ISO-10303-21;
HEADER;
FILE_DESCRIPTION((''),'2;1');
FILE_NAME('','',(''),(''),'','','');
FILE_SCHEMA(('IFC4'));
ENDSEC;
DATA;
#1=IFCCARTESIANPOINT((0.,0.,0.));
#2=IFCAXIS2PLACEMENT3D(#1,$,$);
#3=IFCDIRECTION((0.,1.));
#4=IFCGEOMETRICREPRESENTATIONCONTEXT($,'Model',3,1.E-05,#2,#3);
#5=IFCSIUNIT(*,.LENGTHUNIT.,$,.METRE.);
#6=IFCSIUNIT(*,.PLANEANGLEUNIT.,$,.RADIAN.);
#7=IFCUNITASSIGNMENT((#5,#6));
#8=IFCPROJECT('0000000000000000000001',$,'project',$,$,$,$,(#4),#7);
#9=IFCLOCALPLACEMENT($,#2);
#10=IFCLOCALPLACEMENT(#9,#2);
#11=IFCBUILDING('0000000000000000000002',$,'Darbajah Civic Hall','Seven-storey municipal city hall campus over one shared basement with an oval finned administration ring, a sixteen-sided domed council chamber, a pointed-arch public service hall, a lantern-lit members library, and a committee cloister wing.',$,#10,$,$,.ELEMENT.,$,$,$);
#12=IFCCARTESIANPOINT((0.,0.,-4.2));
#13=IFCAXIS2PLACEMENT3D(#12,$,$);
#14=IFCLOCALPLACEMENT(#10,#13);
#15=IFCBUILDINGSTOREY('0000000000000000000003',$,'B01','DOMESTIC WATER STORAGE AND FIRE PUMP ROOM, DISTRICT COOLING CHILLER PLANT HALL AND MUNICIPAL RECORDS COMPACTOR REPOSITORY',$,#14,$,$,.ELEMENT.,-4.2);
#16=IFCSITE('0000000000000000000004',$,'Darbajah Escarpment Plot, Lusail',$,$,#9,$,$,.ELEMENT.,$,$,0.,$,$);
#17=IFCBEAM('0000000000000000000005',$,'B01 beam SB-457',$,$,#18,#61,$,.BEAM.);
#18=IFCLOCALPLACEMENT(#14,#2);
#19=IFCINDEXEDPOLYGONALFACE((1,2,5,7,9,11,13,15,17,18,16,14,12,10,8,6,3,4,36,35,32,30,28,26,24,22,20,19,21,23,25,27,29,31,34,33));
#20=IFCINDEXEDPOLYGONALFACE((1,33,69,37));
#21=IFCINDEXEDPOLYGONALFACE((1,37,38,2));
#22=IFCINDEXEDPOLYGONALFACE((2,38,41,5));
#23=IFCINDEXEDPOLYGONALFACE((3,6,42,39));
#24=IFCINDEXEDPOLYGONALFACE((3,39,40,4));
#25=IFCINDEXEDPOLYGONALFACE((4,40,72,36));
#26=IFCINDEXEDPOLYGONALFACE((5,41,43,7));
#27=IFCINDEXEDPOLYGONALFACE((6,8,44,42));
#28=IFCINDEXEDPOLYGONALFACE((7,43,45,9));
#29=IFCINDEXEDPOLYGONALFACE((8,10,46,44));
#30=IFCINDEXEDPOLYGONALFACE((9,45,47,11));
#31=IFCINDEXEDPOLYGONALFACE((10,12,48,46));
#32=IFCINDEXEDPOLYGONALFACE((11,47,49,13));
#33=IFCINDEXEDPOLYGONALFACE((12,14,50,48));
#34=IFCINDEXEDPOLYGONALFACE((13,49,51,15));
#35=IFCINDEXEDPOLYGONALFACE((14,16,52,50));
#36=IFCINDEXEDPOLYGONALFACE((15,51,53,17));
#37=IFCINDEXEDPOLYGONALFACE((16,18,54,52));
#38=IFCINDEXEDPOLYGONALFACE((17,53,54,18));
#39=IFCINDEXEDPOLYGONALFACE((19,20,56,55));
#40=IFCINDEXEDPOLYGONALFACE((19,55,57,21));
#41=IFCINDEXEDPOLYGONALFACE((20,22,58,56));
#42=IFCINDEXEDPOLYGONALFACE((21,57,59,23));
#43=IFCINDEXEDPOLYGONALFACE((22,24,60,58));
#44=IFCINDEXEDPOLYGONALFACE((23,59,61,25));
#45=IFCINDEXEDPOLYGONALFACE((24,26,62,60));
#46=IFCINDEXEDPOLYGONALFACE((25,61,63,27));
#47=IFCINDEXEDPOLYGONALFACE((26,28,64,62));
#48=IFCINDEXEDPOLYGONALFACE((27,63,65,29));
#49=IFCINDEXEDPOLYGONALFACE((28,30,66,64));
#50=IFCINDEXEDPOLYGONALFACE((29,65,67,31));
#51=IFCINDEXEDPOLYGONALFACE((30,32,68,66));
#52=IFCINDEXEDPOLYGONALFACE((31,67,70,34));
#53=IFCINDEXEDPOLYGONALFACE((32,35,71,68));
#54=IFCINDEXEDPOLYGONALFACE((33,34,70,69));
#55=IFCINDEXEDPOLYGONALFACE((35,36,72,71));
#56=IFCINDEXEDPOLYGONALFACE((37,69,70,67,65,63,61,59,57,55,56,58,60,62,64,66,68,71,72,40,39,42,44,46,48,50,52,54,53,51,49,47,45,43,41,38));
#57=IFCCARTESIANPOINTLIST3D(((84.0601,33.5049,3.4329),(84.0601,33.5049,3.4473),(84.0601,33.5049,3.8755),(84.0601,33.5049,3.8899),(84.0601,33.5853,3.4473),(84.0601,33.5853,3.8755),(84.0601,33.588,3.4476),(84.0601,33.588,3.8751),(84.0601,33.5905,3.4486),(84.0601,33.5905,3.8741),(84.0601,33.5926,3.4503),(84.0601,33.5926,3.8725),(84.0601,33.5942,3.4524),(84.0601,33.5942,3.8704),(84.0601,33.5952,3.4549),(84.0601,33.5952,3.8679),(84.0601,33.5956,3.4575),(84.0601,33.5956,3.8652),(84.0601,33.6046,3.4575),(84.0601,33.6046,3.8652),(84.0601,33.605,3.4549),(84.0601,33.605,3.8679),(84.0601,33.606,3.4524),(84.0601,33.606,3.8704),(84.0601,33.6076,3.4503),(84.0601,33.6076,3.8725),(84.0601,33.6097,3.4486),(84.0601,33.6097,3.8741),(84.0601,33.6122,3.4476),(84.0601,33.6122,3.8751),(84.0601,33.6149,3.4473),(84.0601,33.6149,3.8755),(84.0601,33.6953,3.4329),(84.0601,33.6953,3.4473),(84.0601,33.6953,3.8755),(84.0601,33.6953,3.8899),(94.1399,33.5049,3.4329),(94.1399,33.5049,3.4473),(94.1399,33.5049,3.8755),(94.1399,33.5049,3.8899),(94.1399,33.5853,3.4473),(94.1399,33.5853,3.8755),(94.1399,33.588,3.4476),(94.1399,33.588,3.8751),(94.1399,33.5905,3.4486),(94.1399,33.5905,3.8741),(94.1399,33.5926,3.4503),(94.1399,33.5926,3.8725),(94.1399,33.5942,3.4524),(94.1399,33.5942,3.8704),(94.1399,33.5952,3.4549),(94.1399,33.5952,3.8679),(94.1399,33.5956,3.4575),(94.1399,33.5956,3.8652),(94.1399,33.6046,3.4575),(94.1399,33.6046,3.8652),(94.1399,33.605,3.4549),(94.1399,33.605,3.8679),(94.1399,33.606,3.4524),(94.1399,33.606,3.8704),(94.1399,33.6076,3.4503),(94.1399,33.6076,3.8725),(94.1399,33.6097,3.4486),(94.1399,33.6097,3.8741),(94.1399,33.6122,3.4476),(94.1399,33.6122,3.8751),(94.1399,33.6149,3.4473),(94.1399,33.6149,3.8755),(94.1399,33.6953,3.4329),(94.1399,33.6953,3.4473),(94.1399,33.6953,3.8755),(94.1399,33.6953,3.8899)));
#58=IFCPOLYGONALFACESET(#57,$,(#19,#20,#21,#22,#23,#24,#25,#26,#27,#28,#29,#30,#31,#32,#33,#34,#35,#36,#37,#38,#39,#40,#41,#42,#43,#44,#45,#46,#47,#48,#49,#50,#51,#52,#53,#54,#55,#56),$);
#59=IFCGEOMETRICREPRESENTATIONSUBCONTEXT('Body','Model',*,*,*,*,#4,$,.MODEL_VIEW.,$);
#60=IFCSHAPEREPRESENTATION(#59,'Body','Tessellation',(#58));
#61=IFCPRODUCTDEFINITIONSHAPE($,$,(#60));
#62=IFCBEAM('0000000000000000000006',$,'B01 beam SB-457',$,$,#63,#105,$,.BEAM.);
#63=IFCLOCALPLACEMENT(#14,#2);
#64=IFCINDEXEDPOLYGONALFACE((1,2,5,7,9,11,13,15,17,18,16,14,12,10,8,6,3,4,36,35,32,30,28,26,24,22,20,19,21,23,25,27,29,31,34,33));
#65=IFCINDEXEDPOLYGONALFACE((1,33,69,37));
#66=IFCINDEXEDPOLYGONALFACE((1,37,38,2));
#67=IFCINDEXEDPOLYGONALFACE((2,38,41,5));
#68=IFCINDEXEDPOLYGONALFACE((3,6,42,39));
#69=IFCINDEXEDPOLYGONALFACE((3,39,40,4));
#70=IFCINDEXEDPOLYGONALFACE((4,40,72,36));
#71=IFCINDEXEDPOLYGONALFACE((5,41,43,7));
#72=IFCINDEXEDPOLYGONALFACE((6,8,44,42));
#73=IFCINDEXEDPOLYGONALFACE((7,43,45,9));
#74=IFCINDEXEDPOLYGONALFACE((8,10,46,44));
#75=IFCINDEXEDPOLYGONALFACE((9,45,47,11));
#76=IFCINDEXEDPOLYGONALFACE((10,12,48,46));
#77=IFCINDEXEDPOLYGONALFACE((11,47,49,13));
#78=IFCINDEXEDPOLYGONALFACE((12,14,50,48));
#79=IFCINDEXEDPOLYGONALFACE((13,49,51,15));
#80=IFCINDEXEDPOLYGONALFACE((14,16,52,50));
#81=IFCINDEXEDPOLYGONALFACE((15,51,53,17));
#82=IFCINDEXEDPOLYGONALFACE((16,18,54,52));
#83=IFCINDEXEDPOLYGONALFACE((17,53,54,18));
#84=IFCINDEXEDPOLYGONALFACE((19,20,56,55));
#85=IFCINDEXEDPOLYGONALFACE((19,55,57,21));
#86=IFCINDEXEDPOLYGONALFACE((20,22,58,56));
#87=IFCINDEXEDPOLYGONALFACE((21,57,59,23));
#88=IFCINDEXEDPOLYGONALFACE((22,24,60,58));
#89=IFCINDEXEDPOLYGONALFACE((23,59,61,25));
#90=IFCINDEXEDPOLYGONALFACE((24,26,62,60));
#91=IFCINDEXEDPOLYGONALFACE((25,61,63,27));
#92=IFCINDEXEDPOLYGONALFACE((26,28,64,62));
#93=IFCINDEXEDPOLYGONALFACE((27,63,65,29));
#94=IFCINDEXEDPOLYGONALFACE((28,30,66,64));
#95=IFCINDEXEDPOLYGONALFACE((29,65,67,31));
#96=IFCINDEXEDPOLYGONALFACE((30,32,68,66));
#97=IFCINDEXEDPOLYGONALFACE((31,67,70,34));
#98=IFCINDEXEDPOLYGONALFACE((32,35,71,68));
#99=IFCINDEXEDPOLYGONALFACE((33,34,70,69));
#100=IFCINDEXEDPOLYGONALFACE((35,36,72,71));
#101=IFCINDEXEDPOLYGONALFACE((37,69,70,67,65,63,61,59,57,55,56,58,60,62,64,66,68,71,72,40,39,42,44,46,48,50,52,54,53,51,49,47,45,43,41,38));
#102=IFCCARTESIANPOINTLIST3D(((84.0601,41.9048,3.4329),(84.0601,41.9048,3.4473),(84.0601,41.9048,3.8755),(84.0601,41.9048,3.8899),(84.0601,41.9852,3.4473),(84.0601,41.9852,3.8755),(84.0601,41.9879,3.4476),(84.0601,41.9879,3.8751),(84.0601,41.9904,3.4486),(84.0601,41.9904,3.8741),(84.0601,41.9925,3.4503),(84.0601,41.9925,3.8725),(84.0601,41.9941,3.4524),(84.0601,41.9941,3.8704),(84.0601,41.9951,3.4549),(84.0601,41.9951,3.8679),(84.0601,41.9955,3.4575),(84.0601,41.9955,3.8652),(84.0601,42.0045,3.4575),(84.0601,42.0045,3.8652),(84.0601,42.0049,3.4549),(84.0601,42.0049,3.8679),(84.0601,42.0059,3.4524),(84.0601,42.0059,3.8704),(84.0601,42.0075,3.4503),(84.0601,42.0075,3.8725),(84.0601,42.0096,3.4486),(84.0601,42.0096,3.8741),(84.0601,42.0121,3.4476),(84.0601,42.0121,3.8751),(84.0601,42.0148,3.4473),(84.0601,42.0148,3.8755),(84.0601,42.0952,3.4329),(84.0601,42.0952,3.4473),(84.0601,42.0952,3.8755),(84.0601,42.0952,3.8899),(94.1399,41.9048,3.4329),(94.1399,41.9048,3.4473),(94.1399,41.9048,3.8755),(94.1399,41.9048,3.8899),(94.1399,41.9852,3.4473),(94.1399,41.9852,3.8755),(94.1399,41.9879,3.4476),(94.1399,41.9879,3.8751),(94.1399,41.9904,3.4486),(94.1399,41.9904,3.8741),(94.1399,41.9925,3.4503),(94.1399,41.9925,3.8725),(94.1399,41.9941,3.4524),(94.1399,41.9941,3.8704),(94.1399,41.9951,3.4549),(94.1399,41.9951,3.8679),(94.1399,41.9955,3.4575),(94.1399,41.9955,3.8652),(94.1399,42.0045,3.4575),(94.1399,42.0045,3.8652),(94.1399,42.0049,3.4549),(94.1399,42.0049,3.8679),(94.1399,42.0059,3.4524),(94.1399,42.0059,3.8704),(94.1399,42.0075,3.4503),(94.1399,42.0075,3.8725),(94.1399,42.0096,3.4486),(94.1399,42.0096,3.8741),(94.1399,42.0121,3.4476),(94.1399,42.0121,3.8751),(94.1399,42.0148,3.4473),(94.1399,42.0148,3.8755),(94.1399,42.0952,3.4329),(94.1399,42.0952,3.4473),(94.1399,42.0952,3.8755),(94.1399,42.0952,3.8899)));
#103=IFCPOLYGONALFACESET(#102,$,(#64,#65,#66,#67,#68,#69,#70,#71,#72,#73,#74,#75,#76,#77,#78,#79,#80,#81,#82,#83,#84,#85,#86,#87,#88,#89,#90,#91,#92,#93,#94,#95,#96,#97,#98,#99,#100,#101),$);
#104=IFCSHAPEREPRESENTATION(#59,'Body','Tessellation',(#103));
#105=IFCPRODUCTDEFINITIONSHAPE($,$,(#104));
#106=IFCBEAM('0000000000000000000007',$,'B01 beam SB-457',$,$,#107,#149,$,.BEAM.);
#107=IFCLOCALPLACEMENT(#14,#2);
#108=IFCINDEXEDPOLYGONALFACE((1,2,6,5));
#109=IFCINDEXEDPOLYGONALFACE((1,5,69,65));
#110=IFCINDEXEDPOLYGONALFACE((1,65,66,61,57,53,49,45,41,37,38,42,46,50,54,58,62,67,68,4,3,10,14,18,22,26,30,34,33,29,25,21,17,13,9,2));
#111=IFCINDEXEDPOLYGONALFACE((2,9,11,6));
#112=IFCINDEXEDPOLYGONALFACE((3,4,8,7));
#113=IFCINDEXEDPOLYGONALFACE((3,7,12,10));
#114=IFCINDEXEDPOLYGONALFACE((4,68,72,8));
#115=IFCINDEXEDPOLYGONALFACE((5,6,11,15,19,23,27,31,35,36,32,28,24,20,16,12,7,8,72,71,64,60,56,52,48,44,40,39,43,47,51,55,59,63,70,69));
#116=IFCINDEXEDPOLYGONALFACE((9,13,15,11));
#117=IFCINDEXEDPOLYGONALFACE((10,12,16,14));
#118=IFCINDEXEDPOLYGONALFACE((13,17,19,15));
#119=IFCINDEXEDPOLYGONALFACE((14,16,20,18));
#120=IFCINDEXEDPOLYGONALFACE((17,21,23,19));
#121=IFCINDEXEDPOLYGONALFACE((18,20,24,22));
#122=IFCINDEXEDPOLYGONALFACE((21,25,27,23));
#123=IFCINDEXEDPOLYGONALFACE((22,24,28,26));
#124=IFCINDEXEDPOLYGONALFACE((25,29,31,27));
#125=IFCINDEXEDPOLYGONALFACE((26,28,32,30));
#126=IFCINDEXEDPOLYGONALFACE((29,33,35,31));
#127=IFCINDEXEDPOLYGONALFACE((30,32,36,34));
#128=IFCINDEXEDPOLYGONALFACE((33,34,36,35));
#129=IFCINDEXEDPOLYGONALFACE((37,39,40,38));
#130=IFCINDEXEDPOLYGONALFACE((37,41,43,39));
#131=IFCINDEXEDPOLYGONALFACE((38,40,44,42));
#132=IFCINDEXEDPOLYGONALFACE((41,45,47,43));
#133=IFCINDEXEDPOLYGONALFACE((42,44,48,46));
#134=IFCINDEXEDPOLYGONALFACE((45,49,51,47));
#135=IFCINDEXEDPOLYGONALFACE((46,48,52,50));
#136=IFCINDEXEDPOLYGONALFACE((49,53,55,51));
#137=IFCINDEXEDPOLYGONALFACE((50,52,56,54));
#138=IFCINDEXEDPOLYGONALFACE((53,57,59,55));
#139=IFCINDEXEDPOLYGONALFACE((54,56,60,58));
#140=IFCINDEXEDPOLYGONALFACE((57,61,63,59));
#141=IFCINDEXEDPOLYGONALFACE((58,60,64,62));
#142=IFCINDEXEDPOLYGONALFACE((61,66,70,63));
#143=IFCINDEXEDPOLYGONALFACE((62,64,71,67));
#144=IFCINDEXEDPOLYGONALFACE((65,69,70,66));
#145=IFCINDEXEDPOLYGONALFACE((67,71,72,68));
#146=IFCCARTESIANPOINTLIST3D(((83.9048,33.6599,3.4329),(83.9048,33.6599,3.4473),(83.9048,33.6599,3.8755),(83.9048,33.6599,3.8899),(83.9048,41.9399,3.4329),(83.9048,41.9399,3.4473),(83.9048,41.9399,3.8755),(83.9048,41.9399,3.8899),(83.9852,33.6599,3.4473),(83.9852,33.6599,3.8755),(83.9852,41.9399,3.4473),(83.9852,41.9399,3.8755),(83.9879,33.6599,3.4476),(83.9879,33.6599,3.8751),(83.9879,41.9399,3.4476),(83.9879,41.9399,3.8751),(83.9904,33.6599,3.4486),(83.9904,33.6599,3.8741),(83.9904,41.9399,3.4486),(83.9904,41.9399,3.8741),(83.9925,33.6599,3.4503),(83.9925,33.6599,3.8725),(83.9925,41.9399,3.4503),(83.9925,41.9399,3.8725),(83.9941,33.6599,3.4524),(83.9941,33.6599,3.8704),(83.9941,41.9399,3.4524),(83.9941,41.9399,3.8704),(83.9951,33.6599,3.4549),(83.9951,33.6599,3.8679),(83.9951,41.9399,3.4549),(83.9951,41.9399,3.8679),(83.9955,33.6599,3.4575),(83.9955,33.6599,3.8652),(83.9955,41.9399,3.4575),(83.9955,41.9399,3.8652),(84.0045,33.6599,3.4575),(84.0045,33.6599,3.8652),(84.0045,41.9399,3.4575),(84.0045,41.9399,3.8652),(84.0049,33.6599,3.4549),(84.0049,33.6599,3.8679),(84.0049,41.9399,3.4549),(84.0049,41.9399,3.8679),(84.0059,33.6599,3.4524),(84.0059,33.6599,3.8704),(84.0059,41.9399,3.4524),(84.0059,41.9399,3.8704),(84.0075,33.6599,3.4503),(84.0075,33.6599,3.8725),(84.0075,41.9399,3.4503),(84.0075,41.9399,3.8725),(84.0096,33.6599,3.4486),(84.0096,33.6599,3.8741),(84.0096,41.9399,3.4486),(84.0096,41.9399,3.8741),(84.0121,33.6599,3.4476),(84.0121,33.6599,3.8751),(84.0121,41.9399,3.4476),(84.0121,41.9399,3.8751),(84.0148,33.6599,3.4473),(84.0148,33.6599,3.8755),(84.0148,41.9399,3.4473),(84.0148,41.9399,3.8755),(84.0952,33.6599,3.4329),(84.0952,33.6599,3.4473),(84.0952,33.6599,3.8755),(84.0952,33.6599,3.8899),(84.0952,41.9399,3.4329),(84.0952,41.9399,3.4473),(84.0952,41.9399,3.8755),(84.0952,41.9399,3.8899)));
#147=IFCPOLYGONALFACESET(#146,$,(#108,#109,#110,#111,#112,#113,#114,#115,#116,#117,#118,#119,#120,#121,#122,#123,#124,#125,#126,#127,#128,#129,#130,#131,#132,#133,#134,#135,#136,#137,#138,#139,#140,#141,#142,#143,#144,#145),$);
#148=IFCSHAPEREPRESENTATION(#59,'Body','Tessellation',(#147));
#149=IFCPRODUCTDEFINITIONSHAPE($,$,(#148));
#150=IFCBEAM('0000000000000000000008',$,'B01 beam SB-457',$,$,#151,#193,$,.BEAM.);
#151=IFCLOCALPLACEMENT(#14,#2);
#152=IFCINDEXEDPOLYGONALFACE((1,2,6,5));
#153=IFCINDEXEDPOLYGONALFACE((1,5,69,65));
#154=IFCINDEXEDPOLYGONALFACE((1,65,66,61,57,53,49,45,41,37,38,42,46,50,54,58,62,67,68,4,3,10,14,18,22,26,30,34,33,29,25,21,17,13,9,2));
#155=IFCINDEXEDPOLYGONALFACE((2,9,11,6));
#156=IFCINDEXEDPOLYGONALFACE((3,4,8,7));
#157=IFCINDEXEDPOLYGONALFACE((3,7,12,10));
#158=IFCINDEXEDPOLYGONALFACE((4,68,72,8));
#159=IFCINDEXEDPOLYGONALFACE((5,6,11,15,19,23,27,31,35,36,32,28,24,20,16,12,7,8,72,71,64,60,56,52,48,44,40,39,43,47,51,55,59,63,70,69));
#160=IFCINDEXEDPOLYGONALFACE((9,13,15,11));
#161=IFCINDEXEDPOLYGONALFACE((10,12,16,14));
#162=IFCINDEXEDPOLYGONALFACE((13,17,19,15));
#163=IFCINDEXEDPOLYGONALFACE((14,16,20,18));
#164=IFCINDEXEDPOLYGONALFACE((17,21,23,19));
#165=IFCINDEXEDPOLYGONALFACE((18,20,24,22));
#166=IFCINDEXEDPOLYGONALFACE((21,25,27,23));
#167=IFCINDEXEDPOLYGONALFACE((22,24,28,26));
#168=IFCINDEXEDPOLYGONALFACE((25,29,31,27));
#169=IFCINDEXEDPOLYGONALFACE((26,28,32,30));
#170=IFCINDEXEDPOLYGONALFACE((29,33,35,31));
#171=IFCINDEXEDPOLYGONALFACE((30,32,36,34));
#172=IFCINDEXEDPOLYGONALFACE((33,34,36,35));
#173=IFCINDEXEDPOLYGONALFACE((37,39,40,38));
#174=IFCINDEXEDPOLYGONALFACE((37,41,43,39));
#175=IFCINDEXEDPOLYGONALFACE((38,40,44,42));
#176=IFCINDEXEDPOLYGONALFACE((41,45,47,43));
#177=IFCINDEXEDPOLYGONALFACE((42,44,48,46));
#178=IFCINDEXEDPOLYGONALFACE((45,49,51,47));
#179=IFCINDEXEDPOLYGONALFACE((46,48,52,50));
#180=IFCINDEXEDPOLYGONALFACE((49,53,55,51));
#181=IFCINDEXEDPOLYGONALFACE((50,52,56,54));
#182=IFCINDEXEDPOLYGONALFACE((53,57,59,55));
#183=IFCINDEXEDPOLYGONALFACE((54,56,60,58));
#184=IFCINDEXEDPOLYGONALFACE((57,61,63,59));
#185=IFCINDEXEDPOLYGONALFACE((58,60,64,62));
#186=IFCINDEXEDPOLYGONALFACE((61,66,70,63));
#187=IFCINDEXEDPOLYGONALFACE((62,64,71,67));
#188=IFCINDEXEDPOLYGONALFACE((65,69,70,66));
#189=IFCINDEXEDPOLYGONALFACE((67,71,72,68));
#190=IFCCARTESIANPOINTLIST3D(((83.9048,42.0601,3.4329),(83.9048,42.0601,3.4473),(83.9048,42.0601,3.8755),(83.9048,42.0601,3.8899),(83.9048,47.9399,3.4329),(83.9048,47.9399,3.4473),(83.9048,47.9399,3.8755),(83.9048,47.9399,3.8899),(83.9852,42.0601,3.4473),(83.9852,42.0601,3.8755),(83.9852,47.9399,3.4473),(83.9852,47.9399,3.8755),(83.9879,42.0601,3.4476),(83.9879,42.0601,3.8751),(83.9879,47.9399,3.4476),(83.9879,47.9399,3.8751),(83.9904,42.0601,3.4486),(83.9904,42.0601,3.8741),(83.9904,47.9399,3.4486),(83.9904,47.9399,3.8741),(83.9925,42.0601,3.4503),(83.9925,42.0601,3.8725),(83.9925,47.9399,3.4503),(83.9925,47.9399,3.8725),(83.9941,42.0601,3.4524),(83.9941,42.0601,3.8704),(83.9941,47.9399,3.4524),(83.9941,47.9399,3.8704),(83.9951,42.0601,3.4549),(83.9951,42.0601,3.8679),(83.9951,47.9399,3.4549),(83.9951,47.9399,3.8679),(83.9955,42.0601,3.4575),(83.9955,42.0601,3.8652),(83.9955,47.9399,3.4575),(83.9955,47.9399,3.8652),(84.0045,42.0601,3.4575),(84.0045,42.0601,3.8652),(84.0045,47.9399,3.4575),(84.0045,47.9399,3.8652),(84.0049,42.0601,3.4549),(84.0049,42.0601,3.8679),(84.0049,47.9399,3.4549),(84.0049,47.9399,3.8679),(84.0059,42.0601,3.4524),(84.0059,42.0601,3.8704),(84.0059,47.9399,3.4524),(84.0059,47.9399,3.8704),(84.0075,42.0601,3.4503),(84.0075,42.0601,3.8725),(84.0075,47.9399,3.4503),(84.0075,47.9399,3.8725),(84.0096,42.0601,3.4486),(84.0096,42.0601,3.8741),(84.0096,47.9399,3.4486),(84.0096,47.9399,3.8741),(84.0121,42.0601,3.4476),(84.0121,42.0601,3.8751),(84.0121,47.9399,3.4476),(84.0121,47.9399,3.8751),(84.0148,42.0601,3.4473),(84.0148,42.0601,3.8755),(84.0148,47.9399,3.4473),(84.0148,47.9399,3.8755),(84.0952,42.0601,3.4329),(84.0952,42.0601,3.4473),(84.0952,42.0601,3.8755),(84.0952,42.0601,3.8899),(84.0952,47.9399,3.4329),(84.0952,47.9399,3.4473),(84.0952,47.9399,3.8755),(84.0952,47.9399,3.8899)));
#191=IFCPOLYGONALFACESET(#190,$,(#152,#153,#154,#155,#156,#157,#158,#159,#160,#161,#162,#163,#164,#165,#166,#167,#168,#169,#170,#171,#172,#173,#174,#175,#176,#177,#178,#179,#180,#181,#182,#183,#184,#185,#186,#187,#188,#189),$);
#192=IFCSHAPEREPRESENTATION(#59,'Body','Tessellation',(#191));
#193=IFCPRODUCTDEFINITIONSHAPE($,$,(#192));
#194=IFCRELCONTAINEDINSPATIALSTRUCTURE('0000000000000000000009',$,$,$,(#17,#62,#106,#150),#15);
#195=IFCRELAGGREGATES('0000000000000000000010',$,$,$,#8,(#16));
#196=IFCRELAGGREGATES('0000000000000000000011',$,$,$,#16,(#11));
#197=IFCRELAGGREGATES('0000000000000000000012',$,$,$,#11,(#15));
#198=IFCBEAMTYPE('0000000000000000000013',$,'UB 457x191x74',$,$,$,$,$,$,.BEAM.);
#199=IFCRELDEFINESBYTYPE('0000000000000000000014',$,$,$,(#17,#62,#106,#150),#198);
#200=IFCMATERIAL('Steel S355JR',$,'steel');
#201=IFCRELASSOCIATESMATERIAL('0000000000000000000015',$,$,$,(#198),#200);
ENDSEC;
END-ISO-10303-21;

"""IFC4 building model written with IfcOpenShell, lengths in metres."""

from ifc_helpers import new_model, si_unit, direction, frame, origin, origin_2d, place, context, subcontext, project, spatial, i_section, extrude, material, material_profile, profile_set, type_object, element, save


model = new_model("IFC4")

# Units and contexts
model_context = context("Model", 3, precision=1e-05, world=origin(), true_north=direction((0.0, 1.0)))
body_context = subcontext(model_context, "Body", "Model", "MODEL_VIEW")
ifc_project = project(units=[si_unit("LENGTHUNIT", "METRE"), si_unit("PLANEANGLEUNIT", "RADIAN")], contexts=[model_context])

# Site, building, storey
site_placement = place(None, origin())
site = spatial("IfcSite", under=ifc_project, at=site_placement, Name="Darbajah Escarpment Plot, Lusail", CompositionType="ELEMENT", RefElevation=0.0)
building_placement = place(site_placement, origin())
building = spatial("IfcBuilding", under=site, at=building_placement, Name="Darbajah Civic Hall", Description="Seven-storey municipal city hall campus over one shared basement with an oval finned administration ring, a sixteen-sided domed council chamber, a pointed-arch public service hall, a lantern-lit members library, and a committee cloister wing.", CompositionType="ELEMENT")
storey_placement = place(building_placement, frame((0.0, 0.0, -4.2)))
storey = spatial("IfcBuildingStorey", under=building, at=storey_placement, Name="B01", Description="DOMESTIC WATER STORAGE AND FIRE PUMP ROOM, DISTRICT COOLING CHILLER PLANT HALL AND MUNICIPAL RECORDS COMPACTOR REPOSITORY", CompositionType="ELEMENT", Elevation=-4.2)

# Beams
ifc_material_1 = material(Name="Steel S355JR", Category="steel")
ifc_material_profile_1 = material_profile(ifc_material_1, i_section(OverallWidth=0.1904, OverallDepth=0.457, WebThickness=0.009, FlangeThickness=0.0144, FilletRadius=0.0103, at=origin_2d()), Name="UB 457x191x74")
ifc_profile_set_1 = profile_set([ifc_material_profile_1], Name="Steel S355JR")
beam_type_1 = type_object("IfcBeamType", Name="UB 457x191x74", PredefinedType="BEAM", material=ifc_profile_set_1)
for number, where, z_axis, x_axis, name in (
    (1, (84.0601, 33.6001, 3.6614), (1.0, 0.0, 0.0), (0.0, 1.0, 0.0), "B01 beam SB-457"),
    (2, (84.0601, 42.0, 3.6614), (1.0, 0.0, 0.0), (0.0, 1.0, 0.0), "B01 beam SB-457"),
):
    element("IfcBeam", number, at=place(storey_placement, frame(where, z_axis=z_axis, x_axis=x_axis)), inside=storey, type_object=beam_type_1, Name=name, PredefinedType="BEAM", context=body_context, shape_type="SweptSolid", body=[
        extrude(i_section(OverallWidth=0.1904, OverallDepth=0.457, WebThickness=0.009, FlangeThickness=0.0144, FilletRadius=0.0103, at=origin_2d()), origin(), (0.0, 0.0, 1.0), 10.0798),
    ])
beam_1_placement = place(storey_placement, frame((84.0, 33.6599, 3.6614), z_axis=(0.0, 1.0, 0.0), x_axis=(-1.0, 0.0, 0.0)))
element("IfcBeam", 3, at=beam_1_placement, inside=storey, type_object=beam_type_1, Name="B01 beam SB-457", PredefinedType="BEAM", context=body_context, shape_type="SweptSolid", body=[
    extrude(i_section(OverallWidth=0.1904, OverallDepth=0.457, WebThickness=0.009, FlangeThickness=0.0144, FilletRadius=0.0103, at=origin_2d()), origin(), (0.0, 0.0, 1.0), 8.28),
])
beam_2_placement = place(storey_placement, frame((84.0, 42.0601, 3.6614), z_axis=(0.0, 1.0, 0.0), x_axis=(-1.0, 0.0, 0.0)))
element("IfcBeam", 4, at=beam_2_placement, inside=storey, type_object=beam_type_1, Name="B01 beam SB-457", PredefinedType="BEAM", context=body_context, shape_type="SweptSolid", body=[
    extrude(i_section(OverallWidth=0.1904, OverallDepth=0.457, WebThickness=0.009, FlangeThickness=0.0144, FilletRadius=0.0103, at=origin_2d()), origin(), (0.0, 0.0, 1.0), 5.8799),
])

save(model, "model.ifc")
